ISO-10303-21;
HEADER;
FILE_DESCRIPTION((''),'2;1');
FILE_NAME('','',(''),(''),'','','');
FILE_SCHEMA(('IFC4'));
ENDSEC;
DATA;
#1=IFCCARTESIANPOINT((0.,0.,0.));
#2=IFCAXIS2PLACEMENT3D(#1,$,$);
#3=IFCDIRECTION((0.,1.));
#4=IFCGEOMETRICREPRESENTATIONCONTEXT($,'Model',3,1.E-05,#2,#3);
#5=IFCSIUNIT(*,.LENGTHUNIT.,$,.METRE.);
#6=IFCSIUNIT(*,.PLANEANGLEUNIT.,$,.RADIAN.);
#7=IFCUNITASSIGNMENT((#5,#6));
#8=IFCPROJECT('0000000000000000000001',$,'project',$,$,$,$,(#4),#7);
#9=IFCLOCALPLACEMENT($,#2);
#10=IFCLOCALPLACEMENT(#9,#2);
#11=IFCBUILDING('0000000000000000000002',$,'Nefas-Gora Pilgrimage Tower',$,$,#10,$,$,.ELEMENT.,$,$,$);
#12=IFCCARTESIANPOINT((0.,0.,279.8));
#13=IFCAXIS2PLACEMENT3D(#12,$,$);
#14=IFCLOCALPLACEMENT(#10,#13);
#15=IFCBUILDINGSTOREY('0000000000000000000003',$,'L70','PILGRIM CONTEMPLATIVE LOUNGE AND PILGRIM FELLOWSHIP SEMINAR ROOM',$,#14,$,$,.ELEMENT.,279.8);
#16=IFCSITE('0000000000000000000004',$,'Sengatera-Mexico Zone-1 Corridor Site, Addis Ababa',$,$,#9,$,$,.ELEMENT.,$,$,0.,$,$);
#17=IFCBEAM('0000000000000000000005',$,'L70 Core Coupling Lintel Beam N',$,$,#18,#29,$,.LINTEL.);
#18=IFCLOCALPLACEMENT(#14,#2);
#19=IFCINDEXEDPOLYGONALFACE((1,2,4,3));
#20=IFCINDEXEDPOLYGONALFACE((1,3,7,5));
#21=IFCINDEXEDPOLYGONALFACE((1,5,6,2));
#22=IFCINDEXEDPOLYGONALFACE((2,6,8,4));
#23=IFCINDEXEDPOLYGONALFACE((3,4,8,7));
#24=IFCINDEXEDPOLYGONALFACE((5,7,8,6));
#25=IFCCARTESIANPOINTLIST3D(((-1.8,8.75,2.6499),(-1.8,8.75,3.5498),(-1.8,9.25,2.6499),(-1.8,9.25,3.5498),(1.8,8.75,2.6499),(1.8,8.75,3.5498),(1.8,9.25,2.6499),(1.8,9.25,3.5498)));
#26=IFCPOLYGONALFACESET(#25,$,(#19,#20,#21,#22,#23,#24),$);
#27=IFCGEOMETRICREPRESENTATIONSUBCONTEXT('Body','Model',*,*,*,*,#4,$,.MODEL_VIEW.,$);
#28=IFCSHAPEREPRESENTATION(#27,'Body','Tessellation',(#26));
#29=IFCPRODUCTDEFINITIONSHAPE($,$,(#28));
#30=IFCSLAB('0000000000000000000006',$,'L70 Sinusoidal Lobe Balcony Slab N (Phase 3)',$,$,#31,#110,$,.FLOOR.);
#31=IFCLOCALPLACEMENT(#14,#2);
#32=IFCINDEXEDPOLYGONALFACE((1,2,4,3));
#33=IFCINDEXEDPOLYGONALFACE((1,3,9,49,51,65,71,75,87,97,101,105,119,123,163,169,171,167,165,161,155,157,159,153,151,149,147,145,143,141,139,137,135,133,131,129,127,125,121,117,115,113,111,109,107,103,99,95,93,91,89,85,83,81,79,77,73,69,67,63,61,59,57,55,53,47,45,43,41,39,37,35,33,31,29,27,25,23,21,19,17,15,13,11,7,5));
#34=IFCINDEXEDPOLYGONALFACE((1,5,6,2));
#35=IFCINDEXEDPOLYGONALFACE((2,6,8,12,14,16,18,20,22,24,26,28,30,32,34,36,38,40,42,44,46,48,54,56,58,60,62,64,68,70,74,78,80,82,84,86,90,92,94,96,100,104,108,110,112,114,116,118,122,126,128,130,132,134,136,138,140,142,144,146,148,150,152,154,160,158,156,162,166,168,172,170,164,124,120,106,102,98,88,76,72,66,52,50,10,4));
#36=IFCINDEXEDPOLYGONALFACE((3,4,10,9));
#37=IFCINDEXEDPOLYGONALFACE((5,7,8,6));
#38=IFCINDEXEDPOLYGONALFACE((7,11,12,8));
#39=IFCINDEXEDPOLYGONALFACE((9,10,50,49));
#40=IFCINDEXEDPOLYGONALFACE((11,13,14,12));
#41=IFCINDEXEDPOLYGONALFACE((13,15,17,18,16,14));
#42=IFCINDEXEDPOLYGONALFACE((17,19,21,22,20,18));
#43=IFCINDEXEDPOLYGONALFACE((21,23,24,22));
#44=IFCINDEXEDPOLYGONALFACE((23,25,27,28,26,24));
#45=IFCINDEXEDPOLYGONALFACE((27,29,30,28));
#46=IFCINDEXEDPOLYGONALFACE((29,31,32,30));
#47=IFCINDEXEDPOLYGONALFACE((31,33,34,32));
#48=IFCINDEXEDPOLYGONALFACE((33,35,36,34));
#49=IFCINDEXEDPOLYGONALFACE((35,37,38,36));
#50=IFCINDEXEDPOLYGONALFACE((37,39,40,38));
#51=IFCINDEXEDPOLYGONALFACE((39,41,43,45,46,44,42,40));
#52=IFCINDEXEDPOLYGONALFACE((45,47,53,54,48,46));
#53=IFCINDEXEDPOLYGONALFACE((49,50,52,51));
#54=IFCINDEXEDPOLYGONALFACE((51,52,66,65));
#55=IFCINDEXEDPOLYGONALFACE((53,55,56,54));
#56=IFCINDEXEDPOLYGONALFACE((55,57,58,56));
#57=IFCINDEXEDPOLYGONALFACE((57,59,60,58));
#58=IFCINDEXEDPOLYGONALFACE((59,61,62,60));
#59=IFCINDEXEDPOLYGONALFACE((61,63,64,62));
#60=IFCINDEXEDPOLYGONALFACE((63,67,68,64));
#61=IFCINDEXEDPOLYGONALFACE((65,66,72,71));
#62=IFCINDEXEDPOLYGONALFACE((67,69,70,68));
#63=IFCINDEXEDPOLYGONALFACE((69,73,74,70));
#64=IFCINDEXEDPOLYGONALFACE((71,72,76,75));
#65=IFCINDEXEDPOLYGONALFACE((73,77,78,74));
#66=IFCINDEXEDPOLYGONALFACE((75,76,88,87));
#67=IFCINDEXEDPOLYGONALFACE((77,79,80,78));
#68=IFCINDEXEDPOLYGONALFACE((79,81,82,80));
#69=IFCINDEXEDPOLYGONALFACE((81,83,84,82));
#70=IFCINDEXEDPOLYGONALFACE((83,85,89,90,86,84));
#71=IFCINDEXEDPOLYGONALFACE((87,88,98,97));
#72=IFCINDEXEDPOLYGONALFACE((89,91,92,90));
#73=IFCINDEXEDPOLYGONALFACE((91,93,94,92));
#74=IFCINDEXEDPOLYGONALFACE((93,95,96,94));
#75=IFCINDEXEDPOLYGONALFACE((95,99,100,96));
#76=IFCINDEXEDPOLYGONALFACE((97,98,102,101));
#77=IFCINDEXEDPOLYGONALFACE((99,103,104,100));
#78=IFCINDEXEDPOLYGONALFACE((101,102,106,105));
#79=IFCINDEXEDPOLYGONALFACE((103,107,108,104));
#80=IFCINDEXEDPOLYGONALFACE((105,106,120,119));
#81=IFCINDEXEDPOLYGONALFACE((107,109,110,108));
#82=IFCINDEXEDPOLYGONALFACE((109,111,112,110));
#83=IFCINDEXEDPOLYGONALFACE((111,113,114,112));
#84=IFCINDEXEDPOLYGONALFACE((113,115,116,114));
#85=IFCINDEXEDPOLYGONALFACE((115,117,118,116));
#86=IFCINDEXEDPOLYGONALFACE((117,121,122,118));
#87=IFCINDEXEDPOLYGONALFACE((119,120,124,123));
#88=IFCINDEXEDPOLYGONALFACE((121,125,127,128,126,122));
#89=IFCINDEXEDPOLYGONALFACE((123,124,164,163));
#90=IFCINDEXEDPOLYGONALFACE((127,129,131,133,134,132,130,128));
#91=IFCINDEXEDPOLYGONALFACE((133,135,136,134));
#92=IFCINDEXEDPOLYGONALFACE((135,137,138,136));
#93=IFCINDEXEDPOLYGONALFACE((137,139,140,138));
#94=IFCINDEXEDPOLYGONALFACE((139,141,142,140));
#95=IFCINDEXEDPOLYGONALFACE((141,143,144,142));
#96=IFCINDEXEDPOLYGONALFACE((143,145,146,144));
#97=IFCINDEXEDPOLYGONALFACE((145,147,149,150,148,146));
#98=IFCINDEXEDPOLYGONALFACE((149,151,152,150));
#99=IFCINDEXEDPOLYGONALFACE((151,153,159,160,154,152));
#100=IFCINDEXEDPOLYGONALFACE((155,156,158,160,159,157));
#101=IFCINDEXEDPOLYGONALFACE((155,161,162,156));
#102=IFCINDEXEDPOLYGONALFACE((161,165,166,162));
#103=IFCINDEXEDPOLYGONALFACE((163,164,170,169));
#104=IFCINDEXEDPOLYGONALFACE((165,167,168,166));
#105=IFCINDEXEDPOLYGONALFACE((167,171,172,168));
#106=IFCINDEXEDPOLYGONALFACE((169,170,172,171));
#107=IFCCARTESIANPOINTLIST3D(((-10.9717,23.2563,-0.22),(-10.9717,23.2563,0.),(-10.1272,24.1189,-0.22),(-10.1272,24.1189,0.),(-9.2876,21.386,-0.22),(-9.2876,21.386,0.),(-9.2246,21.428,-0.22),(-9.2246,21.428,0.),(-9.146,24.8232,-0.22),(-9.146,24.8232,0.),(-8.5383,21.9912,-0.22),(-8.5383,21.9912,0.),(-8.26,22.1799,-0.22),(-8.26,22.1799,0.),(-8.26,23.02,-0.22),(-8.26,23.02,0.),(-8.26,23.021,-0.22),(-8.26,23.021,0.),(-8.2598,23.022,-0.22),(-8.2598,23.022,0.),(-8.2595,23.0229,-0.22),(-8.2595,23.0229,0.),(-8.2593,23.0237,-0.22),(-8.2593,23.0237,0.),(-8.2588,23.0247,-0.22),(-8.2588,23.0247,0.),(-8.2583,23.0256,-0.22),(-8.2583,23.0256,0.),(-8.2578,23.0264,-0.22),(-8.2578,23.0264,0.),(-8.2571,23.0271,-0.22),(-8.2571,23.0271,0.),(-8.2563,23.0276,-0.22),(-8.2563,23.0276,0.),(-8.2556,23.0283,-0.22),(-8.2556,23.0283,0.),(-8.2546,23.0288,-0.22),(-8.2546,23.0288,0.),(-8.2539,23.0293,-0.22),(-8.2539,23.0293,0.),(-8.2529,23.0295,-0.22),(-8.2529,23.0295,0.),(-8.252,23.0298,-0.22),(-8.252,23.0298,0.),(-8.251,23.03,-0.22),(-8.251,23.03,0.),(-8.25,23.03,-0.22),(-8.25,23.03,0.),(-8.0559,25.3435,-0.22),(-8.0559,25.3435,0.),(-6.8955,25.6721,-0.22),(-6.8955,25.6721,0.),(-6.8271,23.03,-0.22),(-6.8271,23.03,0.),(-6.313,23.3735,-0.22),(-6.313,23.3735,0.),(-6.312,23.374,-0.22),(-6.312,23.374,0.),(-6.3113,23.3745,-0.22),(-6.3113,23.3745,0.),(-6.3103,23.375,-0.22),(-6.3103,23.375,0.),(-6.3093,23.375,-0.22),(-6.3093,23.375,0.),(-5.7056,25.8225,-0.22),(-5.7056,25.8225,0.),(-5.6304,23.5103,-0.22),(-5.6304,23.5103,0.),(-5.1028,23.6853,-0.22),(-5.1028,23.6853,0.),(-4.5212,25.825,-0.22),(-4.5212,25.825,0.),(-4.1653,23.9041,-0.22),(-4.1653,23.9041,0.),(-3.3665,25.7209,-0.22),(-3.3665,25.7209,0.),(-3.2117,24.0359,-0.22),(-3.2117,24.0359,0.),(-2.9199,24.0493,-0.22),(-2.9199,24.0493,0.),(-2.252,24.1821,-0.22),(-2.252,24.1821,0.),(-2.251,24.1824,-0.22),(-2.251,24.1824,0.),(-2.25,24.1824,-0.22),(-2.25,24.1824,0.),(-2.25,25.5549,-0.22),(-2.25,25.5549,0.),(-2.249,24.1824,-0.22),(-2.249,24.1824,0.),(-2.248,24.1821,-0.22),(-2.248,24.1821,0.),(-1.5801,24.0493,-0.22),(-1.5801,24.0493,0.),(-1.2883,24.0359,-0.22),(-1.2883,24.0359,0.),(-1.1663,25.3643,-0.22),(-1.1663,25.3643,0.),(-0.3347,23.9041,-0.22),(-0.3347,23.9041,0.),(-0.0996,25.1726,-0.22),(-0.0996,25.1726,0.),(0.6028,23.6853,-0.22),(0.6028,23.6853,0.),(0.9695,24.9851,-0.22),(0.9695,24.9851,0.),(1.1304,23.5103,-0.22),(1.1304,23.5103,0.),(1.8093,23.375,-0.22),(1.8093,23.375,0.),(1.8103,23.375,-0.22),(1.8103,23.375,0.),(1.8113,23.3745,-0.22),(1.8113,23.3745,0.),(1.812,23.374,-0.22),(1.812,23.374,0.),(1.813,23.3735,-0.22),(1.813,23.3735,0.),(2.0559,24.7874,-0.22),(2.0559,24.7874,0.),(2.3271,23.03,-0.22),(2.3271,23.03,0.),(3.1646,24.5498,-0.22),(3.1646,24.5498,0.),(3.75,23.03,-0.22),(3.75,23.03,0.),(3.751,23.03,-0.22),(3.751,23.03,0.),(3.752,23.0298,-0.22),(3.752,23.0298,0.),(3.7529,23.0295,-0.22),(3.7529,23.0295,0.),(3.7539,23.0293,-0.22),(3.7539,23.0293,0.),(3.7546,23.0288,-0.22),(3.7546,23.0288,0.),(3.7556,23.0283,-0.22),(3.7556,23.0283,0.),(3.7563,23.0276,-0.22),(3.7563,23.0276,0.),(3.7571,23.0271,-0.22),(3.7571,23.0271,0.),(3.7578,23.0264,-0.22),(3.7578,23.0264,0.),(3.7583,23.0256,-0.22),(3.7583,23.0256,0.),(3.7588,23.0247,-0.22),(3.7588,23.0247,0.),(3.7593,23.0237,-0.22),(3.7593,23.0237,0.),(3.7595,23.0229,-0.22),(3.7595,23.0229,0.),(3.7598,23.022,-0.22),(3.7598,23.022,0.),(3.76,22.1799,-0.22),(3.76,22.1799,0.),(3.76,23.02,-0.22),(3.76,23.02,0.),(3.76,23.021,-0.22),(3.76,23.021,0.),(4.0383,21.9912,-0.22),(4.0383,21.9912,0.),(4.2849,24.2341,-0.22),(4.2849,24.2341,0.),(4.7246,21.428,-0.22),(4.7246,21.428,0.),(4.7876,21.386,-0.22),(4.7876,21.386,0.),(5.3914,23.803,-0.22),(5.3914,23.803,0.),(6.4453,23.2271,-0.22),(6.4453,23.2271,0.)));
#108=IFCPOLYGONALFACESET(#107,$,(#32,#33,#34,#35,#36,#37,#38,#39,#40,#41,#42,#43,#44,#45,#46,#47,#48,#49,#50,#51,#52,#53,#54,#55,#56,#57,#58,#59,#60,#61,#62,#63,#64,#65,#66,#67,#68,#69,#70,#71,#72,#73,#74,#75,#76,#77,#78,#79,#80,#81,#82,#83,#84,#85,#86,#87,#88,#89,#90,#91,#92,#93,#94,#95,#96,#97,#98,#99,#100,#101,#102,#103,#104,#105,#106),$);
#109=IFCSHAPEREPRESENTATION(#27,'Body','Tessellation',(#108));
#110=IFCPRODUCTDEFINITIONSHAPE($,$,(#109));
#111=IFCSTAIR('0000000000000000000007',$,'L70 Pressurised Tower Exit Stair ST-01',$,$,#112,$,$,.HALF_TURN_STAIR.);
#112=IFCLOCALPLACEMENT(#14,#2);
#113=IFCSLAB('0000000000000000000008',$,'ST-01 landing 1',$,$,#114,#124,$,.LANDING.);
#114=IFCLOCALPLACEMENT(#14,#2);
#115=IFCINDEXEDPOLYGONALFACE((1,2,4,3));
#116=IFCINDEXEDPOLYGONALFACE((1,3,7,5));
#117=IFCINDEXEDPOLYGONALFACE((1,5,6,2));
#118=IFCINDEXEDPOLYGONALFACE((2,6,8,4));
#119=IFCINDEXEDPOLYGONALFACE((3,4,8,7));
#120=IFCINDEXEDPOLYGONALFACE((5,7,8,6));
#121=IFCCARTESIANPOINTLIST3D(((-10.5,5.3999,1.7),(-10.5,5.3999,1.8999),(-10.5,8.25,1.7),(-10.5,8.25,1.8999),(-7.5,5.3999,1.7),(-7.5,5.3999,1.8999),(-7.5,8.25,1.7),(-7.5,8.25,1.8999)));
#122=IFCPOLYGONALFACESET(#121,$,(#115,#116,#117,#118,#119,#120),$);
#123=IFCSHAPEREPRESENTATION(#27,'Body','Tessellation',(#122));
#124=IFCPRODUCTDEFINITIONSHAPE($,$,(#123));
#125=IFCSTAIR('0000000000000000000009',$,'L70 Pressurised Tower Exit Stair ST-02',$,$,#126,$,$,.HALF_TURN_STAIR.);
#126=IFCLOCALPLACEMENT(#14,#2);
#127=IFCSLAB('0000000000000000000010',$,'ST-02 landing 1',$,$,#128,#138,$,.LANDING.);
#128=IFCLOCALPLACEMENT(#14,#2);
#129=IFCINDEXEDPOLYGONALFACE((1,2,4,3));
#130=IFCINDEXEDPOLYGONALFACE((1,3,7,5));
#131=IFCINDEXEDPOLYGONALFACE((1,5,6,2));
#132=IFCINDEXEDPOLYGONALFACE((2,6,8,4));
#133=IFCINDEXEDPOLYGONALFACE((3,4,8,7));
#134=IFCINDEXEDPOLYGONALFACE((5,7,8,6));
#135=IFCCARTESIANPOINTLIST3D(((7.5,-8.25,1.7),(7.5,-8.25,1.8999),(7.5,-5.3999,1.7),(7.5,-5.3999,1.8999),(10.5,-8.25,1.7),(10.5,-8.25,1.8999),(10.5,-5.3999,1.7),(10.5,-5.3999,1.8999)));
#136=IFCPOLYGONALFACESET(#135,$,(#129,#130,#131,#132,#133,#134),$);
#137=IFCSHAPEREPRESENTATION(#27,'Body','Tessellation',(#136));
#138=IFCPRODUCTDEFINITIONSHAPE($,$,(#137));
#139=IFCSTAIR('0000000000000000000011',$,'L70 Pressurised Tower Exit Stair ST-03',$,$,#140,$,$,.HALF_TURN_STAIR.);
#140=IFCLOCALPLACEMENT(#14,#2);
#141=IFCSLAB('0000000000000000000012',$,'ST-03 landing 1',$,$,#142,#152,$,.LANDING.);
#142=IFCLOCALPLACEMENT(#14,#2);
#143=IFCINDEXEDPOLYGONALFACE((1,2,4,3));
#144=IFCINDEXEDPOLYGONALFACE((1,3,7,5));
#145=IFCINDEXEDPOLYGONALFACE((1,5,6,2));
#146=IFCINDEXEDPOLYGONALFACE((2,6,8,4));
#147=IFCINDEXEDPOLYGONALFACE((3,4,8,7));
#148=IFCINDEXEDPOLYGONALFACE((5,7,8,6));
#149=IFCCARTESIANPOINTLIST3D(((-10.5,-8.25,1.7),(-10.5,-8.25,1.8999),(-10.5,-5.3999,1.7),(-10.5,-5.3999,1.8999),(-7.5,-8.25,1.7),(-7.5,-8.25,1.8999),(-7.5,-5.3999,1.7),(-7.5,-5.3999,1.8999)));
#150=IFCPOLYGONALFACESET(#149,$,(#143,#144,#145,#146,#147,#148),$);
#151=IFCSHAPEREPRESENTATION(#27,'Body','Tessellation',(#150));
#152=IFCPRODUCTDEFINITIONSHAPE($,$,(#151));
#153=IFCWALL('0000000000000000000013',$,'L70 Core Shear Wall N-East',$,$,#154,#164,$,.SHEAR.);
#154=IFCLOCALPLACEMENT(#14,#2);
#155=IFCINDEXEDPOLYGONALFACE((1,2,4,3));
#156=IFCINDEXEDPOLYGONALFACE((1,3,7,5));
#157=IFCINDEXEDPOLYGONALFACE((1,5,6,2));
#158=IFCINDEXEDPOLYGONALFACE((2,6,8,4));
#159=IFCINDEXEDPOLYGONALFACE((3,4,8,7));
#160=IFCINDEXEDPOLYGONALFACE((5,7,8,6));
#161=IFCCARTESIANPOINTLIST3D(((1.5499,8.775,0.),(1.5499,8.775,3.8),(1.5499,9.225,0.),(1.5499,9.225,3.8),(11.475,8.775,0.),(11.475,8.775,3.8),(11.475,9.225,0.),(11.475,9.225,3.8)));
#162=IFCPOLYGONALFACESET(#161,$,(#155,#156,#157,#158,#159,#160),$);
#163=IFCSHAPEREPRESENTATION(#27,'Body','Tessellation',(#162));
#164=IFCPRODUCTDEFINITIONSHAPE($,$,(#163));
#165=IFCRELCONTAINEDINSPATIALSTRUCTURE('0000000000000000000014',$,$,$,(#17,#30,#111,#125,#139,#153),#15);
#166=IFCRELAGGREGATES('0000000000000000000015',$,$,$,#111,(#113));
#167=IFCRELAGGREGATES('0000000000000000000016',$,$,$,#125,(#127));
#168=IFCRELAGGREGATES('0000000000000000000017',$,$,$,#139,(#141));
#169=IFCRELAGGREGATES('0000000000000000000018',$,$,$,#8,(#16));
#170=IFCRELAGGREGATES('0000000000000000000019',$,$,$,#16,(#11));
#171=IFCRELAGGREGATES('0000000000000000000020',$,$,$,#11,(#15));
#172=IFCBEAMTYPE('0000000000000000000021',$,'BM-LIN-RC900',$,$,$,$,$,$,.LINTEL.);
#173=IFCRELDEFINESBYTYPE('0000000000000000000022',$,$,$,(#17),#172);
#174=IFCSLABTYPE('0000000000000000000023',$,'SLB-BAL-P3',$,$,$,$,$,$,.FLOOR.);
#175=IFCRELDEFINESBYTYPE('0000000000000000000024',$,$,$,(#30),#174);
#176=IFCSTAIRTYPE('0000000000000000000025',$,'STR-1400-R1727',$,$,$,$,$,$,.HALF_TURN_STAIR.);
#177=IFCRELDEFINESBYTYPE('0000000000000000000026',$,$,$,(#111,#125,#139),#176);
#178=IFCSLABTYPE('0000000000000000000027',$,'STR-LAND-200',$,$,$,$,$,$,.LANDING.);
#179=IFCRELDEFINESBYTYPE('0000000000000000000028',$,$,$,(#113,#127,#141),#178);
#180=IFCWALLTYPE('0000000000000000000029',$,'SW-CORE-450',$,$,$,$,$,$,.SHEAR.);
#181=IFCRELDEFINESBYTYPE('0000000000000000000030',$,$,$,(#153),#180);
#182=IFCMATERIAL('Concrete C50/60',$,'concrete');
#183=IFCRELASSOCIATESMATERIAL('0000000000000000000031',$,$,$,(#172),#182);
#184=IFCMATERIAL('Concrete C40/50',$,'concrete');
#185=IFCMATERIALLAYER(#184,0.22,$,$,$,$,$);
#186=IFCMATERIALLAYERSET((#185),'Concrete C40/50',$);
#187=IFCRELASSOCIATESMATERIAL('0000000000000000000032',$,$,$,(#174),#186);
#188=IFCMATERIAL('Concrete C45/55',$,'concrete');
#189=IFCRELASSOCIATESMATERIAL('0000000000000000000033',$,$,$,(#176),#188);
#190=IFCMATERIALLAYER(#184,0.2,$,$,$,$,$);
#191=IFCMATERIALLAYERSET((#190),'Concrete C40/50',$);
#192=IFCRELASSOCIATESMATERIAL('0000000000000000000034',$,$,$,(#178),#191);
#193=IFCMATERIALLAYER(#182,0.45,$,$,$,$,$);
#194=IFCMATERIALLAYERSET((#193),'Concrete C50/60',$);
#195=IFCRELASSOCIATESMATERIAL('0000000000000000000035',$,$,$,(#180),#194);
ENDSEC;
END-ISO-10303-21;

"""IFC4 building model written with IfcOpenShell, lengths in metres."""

from ifc_helpers import new_model, si_unit, direction, frame, frame_2d, origin, origin_2d, place, context, subcontext, project, spatial, polyline, rectangle, outline, extrude, source, transform, mapped, material, layer, layer_set, material_profile, profile_set, type_object, element, aggregate, save


model = new_model("IFC4")

# Units and contexts
model_context = context("Model", 3, precision=1e-05, world=origin(), true_north=direction((0.0, 1.0)))
body_context = subcontext(model_context, "Body", "Model", "MODEL_VIEW")
ifc_project = project(units=[si_unit("LENGTHUNIT", "METRE"), si_unit("PLANEANGLEUNIT", "RADIAN")], contexts=[model_context])

# Site, building, storey
site_placement = place(None, origin())
site = spatial("IfcSite", under=ifc_project, at=site_placement, Name="Sengatera-Mexico Zone-1 Corridor Site, Addis Ababa", CompositionType="ELEMENT", RefElevation=0.0)
building_placement = place(site_placement, origin())
building = spatial("IfcBuilding", under=site, at=building_placement, Name="Nefas-Gora Pilgrimage Tower", CompositionType="ELEMENT")
storey_placement = place(building_placement, frame((0.0, 0.0, 279.8)))
storey = spatial("IfcBuildingStorey", under=building, at=storey_placement, Name="L70", Description="PILGRIM CONTEMPLATIVE LOUNGE AND PILGRIM FELLOWSHIP SEMINAR ROOM", CompositionType="ELEMENT", Elevation=279.8)

# Beam
ifc_material_1 = material(Name="Concrete C50/60", Category="concrete")
ifc_material_profile = material_profile(ifc_material_1, rectangle(XDim=0.5, YDim=0.8999, at=origin_2d()), Name="RC 500x900")
ifc_profile_set = profile_set([ifc_material_profile], Name="Concrete C50/60")
beam_type = type_object("IfcBeamType", Name="BM-LIN-RC900", PredefinedType="LINTEL", material=ifc_profile_set)
shared_shape_1 = source(origin(), body_context, "Body", "SweptSolid", [
    extrude(rectangle(XDim=0.5, YDim=0.8999, at=origin_2d()), origin(), (0.0, 0.0, 1.0), 3.6001),
])
beam_placement = place(storey_placement, frame((-1.8, 9.0, 3.0999), z_axis=(1.0, 0.0, 0.0), x_axis=(0.0, 1.0, 0.0)))
element("IfcBeam", 1, at=beam_placement, inside=storey, type_object=beam_type, Name="L70 Core Coupling Lintel Beam N", PredefinedType="LINTEL", context=body_context, shape_type="MappedRepresentation", body=[
    mapped(shared_shape_1, transform((0.0, 0.0, 0.0), x_axis=(1.0, 0.0, 0.0), y_axis=(0.0, 1.0, 0.0), z_axis=(0.0, 0.0, 1.0), scale=1.0)),
])

# Slab
ifc_material_2 = material(Name="Concrete C40/50", Category="concrete")
ifc_layer_1 = layer(ifc_material_2, 0.22)
ifc_layer_set_1 = layer_set([ifc_layer_1], Name="Concrete C40/50")
slab_type_1 = type_object("IfcSlabType", Name="SLB-BAL-P3", PredefinedType="FLOOR", material=ifc_layer_set_1)
slab_1_placement = place(storey_placement, frame((0.0, 0.0, -0.22)))
element("IfcSlab", 2, at=slab_1_placement, inside=storey, type_object=slab_type_1, Name="L70 Sinusoidal Lobe Balcony Slab N (Phase 3)", PredefinedType="FLOOR", context=body_context, shape_type="SweptSolid", body=[
    extrude(outline(polyline([(-9.2876, 21.386), (-9.2246, 21.428), (-8.5383, 21.9912), (-8.26, 22.1799), (-8.26, 23.02), (-8.26, 23.021), (-8.2598, 23.022), (-8.2595, 23.0229), (-8.2593, 23.0237), (-8.2588, 23.0247), (-8.2583, 23.0256), (-8.2578, 23.0264), (-8.2571, 23.0271), (-8.2563, 23.0276), (-8.2556, 23.0283), (-8.2546, 23.0288), (-8.2539, 23.0293), (-8.2529, 23.0295), (-8.252, 23.0298), (-8.251, 23.03), (-8.25, 23.03), (-6.8271, 23.03), (-6.313, 23.3735), (-6.312, 23.374), (-6.3113, 23.3745), (-6.3103, 23.375), (-6.3093, 23.375), (-5.6304, 23.5103), (-5.1028, 23.6853), (-4.1653, 23.9041), (-3.2117, 24.0359), (-2.9199, 24.0493), (-2.252, 24.1821), (-2.251, 24.1824), (-2.25, 24.1824), (-2.249, 24.1824), (-2.248, 24.1821), (-1.5801, 24.0493), (-1.2883, 24.0359), (-0.3347, 23.9041), (0.6028, 23.6853), (1.1304, 23.5103), (1.8093, 23.375), (1.8103, 23.375), (1.8113, 23.3745), (1.812, 23.374), (1.813, 23.3735), (2.3271, 23.03), (3.75, 23.03), (3.751, 23.03), (3.752, 23.0298), (3.7529, 23.0295), (3.7539, 23.0293), (3.7546, 23.0288), (3.7556, 23.0283), (3.7563, 23.0276), (3.7571, 23.0271), (3.7578, 23.0264), (3.7583, 23.0256), (3.7588, 23.0247), (3.7593, 23.0237), (3.7595, 23.0229), (3.7598, 23.022), (3.76, 23.021), (3.76, 23.02), (3.76, 22.1799), (4.0383, 21.9912), (4.7246, 21.428), (4.7876, 21.386), (6.4453, 23.2271), (5.3914, 23.803), (4.2849, 24.2341), (3.1646, 24.5498), (2.0559, 24.7874), (0.9695, 24.9851), (-0.0996, 25.1726), (-1.1663, 25.3643), (-2.25, 25.5549), (-3.3665, 25.7209), (-4.5212, 25.825), (-5.7056, 25.8225), (-6.8955, 25.6721), (-8.0559, 25.3435), (-9.146, 24.8232), (-10.1272, 24.1189), (-10.9717, 23.2563), (-9.2876, 21.386)])), origin(), (0.0, 0.0, 1.0), 0.22),
])

# Stairs, slabs
ifc_material_3 = material(Name="Concrete C45/55", Category="concrete")
stair_type = type_object("IfcStairType", Name="STR-1400-R1727", PredefinedType="HALF_TURN_STAIR", material=ifc_material_3)
stair_1_placement = place(storey_placement, origin())
stair_1 = element("IfcStair", 3, at=stair_1_placement, inside=storey, type_object=stair_type, Name="L70 Pressurised Tower Exit Stair ST-01", PredefinedType="HALF_TURN_STAIR")
ifc_layer_2 = layer(ifc_material_2, 0.2)
ifc_layer_set_2 = layer_set([ifc_layer_2], Name="Concrete C40/50")
slab_type_2 = type_object("IfcSlabType", Name="STR-LAND-200", PredefinedType="LANDING", material=ifc_layer_set_2)
slab_2_placement = place(storey_placement, frame((0.0, 0.0, 1.7)))
slab_2 = element("IfcSlab", 4, at=slab_2_placement, type_object=slab_type_2, Name="ST-01 landing 1", PredefinedType="LANDING", context=body_context, shape_type="SweptSolid", body=[
    extrude(outline(polyline([(-7.5, 5.3999), (-7.5, 8.25), (-10.5, 8.25), (-10.5, 5.3999), (-7.5, 5.3999)])), origin(), (0.0, 0.0, 1.0), 0.2),
])
aggregate(stair_1, [slab_2])
stair_2_placement = place(storey_placement, origin())
stair_2 = element("IfcStair", 5, at=stair_2_placement, inside=storey, type_object=stair_type, Name="L70 Pressurised Tower Exit Stair ST-02", PredefinedType="HALF_TURN_STAIR")
slab_3_placement = place(storey_placement, frame((0.0, 0.0, 1.7)))
slab_3 = element("IfcSlab", 6, at=slab_3_placement, type_object=slab_type_2, Name="ST-02 landing 1", PredefinedType="LANDING", context=body_context, shape_type="SweptSolid", body=[
    extrude(outline(polyline([(7.5, -5.3999), (7.5, -8.25), (10.5, -8.25), (10.5, -5.3999), (7.5, -5.3999)])), origin(), (0.0, 0.0, 1.0), 0.2),
])
aggregate(stair_2, [slab_3])
stair_3_placement = place(storey_placement, origin())
stair_3 = element("IfcStair", 7, at=stair_3_placement, inside=storey, type_object=stair_type, Name="L70 Pressurised Tower Exit Stair ST-03", PredefinedType="HALF_TURN_STAIR")
slab_4_placement = place(storey_placement, frame((0.0, 0.0, 1.7)))
slab_4 = element("IfcSlab", 8, at=slab_4_placement, type_object=slab_type_2, Name="ST-03 landing 1", PredefinedType="LANDING", context=body_context, shape_type="SweptSolid", body=[
    extrude(outline(polyline([(-10.5, -5.3999), (-10.5, -8.25), (-7.5, -8.25), (-7.5, -5.3999), (-10.5, -5.3999)])), origin(), (0.0, 0.0, 1.0), 0.2),
])
aggregate(stair_3, [slab_4])

# Wall
ifc_layer_3 = layer(ifc_material_1, 0.45)
ifc_layer_set_3 = layer_set([ifc_layer_3], Name="Concrete C50/60")
wall_type_1 = type_object("IfcWallType", Name="SW-CORE-450", PredefinedType="SHEAR", material=ifc_layer_set_3)
shared_shape_2 = source(origin(), body_context, "Body", "SweptSolid", [
    extrude(rectangle(XDim=9.925, YDim=0.45, at=frame_2d((4.9624, 0.0))), origin(), (0.0, 0.0, 1.0), 3.8),
])
wall_1_placement = place(storey_placement, frame((1.55, 9.0, 0.0), z_axis=(0.0, 0.0, 1.0), x_axis=(1.0, 0.0, 0.0)))
element("IfcWall", 9, at=wall_1_placement, inside=storey, type_object=wall_type_1, Name="L70 Core Shear Wall N-East", PredefinedType="SHEAR", context=body_context, shape_type="MappedRepresentation", body=[
    mapped(shared_shape_2, transform((0.0, 0.0, 0.0), x_axis=(1.0, 0.0, 0.0), y_axis=(0.0, 1.0, 0.0), z_axis=(0.0, 0.0, 1.0), scale=1.0)),
])

save(model, "model.ifc")
